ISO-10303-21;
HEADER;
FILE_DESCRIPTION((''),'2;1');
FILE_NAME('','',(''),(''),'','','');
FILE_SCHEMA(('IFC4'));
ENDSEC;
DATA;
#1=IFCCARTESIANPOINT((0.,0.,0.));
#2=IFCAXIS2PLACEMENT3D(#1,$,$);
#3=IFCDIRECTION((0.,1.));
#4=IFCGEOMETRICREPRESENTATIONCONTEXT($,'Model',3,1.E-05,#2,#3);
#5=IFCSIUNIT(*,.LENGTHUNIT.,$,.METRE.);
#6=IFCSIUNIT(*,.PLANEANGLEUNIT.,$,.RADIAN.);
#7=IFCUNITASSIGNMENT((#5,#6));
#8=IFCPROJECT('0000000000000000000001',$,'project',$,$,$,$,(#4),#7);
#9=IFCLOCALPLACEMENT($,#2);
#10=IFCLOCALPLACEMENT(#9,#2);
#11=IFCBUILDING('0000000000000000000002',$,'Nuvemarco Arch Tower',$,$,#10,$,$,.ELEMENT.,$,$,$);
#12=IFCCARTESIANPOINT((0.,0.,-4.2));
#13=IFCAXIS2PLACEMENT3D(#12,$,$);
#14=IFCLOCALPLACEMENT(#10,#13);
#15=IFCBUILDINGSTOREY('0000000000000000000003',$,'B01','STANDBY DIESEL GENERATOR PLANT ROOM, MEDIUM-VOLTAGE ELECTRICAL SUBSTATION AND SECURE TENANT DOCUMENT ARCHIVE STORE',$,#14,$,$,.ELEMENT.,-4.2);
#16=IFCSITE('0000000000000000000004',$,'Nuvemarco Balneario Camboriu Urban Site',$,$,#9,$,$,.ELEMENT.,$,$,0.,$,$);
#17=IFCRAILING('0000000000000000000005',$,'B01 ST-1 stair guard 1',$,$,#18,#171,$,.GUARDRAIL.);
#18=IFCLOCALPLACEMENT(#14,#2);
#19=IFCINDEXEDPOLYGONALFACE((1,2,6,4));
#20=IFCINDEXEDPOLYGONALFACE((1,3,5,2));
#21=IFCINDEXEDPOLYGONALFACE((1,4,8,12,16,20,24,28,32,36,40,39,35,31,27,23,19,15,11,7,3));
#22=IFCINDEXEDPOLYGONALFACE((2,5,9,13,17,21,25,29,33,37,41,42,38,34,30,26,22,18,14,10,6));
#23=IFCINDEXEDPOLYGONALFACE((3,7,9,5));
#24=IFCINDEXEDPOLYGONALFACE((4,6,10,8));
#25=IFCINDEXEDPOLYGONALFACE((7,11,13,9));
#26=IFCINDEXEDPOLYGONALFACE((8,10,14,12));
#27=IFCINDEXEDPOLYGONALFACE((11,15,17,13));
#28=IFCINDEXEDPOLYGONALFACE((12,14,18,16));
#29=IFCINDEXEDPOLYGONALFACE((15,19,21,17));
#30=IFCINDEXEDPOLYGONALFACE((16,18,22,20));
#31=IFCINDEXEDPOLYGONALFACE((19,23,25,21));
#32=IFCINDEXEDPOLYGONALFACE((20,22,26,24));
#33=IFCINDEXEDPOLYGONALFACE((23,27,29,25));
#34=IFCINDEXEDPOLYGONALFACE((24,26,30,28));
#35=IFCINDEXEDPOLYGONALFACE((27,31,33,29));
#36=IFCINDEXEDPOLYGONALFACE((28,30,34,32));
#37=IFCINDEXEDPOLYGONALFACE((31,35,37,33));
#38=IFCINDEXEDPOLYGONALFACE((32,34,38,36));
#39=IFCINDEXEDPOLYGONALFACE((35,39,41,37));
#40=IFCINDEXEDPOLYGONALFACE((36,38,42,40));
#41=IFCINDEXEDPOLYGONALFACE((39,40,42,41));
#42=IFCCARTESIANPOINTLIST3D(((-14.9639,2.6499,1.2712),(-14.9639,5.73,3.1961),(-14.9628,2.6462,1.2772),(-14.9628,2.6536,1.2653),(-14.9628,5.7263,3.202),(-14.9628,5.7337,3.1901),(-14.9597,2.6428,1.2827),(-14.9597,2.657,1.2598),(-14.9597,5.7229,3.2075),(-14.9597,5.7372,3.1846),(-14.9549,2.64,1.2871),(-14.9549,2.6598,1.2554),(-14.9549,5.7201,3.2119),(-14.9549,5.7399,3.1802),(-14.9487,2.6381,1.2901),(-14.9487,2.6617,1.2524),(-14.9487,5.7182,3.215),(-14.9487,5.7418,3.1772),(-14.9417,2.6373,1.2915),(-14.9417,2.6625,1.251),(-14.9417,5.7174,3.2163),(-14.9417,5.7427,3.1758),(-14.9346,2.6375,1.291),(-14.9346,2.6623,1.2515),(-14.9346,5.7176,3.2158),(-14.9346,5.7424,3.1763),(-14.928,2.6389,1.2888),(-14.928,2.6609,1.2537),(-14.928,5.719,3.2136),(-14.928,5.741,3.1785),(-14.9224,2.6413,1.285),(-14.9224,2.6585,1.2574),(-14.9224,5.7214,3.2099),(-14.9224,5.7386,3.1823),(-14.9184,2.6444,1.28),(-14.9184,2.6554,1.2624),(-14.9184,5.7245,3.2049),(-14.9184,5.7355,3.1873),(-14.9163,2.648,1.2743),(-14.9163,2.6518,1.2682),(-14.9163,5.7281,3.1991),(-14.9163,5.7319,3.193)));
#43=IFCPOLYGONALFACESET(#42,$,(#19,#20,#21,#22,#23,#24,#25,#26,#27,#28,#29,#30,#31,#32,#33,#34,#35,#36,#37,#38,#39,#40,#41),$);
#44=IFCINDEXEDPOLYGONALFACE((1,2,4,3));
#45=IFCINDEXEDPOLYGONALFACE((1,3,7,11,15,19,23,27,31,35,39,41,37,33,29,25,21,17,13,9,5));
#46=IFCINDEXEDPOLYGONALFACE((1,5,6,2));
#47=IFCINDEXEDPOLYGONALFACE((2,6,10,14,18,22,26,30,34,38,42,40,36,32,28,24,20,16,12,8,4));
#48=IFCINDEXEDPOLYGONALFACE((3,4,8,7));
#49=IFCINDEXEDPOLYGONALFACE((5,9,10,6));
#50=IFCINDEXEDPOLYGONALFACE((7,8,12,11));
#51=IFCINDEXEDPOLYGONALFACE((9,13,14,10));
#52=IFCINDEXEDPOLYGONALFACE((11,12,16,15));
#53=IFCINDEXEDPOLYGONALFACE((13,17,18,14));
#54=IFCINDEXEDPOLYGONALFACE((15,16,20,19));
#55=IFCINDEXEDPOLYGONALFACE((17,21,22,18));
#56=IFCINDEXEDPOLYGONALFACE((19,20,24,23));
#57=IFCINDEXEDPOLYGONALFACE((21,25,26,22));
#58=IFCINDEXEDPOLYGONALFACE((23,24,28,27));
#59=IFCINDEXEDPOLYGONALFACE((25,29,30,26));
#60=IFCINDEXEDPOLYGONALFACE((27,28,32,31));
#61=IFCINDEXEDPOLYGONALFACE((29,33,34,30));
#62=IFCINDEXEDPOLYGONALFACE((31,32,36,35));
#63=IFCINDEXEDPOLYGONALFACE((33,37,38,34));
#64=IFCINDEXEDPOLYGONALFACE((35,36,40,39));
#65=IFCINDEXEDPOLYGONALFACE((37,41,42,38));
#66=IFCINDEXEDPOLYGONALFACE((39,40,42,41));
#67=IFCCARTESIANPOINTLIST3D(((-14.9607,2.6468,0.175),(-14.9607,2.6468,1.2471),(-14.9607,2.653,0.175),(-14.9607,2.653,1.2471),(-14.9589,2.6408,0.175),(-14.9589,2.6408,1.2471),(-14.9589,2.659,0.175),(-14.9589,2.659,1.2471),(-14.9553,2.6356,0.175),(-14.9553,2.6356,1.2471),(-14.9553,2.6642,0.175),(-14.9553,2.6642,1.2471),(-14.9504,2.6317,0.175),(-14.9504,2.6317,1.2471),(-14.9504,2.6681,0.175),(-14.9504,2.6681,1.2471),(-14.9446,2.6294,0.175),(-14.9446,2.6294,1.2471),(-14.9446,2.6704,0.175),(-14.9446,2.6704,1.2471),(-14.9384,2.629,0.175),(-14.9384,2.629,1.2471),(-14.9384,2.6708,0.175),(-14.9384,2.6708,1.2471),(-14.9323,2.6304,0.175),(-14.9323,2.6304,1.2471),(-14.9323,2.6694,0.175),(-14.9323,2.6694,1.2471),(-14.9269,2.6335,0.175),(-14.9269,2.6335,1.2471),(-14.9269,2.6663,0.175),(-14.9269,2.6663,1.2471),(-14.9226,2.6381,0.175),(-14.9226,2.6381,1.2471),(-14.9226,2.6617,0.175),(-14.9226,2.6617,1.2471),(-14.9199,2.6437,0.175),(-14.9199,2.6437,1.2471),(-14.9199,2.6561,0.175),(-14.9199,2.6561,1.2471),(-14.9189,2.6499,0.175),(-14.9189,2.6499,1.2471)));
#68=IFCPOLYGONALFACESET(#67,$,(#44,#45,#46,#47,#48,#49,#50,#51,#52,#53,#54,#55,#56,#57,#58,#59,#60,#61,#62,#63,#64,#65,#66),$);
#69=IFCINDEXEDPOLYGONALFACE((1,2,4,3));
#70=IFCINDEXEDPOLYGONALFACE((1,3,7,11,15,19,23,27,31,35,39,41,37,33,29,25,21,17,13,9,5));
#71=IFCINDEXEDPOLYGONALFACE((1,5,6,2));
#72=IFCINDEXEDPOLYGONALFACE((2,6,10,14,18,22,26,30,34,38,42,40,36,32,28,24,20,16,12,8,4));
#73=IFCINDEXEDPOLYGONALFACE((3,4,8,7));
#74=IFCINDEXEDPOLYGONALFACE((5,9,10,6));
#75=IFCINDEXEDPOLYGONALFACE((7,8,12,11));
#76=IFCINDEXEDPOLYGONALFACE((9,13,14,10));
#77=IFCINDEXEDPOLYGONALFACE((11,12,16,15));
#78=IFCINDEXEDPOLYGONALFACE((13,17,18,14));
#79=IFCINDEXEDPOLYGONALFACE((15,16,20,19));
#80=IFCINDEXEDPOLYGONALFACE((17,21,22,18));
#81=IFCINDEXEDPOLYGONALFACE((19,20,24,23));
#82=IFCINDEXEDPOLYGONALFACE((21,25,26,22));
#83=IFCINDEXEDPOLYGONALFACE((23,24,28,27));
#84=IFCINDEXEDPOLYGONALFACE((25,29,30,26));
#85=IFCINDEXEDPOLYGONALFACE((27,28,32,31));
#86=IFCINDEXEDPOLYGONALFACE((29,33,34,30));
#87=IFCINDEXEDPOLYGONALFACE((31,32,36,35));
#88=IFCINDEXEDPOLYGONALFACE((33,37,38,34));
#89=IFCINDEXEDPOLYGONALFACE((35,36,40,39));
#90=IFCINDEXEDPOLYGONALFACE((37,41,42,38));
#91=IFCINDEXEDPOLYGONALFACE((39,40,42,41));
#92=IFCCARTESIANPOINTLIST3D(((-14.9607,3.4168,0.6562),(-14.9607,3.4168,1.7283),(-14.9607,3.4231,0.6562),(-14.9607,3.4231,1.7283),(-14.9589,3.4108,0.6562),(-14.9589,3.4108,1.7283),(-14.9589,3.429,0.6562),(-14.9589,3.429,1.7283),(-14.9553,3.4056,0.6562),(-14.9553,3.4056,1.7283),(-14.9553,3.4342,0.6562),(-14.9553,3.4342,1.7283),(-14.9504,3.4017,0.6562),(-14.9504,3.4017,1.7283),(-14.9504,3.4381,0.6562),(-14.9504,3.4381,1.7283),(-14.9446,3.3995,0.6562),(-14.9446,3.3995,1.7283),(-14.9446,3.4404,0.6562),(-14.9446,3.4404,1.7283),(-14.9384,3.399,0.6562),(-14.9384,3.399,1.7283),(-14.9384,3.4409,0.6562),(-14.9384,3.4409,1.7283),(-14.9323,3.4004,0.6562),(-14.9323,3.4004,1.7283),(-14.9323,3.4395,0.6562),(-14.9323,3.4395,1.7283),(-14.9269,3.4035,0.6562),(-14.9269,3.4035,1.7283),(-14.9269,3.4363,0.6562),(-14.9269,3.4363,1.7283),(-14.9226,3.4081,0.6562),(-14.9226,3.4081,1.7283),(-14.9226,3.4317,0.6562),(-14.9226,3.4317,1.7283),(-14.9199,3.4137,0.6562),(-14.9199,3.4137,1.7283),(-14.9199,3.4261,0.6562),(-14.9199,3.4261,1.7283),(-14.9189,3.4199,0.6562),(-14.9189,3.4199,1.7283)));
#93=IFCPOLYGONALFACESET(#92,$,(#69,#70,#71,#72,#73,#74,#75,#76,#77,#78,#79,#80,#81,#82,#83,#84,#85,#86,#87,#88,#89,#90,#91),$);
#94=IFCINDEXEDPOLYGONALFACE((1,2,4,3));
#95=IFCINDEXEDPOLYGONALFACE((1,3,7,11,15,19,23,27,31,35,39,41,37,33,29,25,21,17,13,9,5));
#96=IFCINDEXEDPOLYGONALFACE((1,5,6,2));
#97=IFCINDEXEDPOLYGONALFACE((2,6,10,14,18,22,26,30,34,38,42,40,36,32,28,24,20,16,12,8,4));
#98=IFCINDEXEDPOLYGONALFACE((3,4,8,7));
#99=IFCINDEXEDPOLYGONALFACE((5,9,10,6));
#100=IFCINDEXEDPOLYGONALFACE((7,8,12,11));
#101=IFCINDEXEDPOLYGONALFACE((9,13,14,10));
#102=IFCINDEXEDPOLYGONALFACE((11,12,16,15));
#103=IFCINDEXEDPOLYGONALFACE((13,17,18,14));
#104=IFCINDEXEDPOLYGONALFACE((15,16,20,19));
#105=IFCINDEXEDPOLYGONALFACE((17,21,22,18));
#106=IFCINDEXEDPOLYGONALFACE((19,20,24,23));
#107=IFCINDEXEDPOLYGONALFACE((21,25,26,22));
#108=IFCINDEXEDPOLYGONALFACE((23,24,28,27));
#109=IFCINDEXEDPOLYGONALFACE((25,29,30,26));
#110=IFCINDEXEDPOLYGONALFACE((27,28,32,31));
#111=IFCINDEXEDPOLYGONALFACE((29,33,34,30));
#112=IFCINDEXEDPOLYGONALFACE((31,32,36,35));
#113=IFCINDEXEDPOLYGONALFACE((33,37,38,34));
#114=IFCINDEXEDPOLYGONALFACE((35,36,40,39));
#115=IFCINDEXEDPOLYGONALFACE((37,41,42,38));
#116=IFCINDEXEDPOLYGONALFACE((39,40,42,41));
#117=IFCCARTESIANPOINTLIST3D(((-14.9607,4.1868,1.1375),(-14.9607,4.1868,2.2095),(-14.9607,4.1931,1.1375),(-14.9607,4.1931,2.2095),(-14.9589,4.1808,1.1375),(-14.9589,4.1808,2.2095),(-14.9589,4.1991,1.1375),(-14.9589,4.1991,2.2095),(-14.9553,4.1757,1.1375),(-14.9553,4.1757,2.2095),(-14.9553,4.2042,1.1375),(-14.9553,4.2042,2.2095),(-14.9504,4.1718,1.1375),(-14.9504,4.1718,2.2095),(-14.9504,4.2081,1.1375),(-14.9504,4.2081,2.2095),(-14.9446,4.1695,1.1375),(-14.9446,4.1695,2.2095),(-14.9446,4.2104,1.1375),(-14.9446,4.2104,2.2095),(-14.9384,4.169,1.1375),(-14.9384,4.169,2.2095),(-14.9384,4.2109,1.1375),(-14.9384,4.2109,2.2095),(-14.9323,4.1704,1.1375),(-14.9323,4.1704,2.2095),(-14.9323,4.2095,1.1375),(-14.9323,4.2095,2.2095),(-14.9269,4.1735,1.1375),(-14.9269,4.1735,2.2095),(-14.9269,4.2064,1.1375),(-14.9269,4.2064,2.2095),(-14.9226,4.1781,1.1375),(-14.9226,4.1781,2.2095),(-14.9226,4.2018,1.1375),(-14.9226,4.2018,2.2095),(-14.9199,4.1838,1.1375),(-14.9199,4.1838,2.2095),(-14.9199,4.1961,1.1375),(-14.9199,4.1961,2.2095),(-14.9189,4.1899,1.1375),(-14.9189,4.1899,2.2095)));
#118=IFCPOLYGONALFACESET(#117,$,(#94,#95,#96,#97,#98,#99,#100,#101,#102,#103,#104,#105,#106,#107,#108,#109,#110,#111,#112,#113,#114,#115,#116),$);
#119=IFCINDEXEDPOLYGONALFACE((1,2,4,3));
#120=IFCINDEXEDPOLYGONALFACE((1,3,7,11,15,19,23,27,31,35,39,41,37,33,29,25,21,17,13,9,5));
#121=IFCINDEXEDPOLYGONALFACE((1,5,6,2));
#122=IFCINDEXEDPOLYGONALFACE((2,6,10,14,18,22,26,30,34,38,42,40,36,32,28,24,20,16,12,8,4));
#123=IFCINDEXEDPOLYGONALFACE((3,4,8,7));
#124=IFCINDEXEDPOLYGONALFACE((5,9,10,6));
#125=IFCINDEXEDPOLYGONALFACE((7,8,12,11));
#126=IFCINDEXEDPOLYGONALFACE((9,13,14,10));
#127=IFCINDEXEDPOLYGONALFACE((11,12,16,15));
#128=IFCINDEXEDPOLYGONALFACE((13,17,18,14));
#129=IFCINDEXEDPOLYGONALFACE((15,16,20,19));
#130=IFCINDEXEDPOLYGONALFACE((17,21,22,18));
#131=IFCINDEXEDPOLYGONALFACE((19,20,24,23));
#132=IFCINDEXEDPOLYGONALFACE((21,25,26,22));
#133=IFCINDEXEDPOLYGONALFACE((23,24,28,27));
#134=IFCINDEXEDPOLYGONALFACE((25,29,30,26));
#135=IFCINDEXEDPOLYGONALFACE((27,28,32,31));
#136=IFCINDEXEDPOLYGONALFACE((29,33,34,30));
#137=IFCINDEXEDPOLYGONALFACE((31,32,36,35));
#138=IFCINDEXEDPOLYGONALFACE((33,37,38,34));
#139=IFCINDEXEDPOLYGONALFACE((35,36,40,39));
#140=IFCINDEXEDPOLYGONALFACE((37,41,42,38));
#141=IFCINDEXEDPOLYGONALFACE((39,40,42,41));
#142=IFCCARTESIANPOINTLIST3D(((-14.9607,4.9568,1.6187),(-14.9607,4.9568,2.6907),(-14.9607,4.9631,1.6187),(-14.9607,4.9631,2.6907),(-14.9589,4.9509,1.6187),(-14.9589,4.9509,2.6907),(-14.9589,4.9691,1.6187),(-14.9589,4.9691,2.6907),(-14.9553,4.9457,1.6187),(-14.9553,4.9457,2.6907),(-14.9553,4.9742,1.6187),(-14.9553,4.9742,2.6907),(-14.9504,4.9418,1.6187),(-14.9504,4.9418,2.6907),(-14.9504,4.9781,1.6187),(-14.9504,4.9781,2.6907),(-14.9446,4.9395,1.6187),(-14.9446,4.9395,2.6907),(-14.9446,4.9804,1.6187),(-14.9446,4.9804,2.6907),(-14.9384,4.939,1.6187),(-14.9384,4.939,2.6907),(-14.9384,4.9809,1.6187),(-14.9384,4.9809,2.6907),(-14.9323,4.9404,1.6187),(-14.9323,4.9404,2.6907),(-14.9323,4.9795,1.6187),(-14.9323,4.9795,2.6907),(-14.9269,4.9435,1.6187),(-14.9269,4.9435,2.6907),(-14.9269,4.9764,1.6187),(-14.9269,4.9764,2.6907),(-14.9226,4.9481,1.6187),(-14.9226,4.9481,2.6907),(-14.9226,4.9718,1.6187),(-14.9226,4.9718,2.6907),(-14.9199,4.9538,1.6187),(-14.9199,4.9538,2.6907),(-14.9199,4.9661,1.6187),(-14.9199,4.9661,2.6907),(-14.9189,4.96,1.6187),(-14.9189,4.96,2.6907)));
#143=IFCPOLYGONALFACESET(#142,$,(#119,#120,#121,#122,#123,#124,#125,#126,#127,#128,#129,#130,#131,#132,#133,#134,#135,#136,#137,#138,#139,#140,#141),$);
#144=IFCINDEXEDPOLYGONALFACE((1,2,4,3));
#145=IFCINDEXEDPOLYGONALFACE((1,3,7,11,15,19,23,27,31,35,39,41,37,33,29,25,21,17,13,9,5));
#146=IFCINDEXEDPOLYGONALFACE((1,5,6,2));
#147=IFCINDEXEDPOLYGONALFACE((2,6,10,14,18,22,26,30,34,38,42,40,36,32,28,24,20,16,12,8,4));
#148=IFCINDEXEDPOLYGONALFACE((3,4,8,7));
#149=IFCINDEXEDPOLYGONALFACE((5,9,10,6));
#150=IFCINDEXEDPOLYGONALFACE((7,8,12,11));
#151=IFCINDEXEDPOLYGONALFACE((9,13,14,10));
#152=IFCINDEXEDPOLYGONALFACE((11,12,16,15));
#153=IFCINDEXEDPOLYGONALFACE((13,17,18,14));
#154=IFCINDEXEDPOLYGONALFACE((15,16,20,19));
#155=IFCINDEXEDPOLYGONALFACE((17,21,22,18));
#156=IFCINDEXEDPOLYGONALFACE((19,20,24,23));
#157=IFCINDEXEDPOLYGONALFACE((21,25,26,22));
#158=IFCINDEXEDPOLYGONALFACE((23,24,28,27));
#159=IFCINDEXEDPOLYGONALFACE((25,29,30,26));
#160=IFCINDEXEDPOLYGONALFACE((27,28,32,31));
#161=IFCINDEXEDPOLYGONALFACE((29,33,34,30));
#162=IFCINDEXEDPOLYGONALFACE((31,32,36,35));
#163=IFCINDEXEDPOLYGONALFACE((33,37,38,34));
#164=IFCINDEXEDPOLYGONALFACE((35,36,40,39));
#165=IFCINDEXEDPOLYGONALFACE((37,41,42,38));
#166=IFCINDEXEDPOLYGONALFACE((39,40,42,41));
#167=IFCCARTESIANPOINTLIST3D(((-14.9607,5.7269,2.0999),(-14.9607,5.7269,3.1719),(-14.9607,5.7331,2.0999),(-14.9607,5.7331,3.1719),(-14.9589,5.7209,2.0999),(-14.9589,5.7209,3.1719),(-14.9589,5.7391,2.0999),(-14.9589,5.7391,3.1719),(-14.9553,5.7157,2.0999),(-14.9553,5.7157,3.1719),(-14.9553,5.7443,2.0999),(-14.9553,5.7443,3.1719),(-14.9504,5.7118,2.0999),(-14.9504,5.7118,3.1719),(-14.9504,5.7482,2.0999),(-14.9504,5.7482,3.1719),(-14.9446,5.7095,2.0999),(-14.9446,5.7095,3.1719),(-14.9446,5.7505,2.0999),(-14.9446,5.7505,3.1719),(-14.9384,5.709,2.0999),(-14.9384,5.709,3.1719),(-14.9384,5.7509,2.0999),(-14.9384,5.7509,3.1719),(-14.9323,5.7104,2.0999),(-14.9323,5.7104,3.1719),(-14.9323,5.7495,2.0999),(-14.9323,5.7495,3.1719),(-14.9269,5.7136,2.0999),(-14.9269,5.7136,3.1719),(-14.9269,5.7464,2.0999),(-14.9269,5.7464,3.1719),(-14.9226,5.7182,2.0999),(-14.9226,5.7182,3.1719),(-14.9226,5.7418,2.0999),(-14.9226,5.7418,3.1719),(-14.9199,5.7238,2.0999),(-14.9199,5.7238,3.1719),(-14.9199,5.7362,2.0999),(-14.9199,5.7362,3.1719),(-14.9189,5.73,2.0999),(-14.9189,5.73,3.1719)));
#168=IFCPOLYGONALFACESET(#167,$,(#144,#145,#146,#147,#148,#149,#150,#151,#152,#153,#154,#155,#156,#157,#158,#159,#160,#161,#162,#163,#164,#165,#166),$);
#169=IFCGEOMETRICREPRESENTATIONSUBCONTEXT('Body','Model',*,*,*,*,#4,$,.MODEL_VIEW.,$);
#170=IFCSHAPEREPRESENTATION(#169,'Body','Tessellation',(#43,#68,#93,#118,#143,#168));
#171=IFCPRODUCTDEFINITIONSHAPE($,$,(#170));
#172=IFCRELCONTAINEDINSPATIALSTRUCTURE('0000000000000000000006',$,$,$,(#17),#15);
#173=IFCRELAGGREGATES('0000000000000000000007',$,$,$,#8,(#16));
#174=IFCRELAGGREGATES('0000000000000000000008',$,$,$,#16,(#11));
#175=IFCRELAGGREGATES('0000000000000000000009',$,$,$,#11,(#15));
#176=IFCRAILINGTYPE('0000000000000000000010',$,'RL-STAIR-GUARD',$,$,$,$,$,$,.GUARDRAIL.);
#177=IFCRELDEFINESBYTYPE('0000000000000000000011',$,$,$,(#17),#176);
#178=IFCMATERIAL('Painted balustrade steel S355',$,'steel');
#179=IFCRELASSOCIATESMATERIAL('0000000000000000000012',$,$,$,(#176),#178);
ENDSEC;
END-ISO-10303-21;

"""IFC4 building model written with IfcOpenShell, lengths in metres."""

from ifc_helpers import new_model, si_unit, direction, frame, origin, origin_2d, place, context, subcontext, project, spatial, circle, extrude, material, type_object, element, save


model = new_model("IFC4")

# Units and contexts
model_context = context("Model", 3, precision=1e-05, world=origin(), true_north=direction((0.0, 1.0)))
body_context = subcontext(model_context, "Body", "Model", "MODEL_VIEW")
ifc_project = project(units=[si_unit("LENGTHUNIT", "METRE"), si_unit("PLANEANGLEUNIT", "RADIAN")], contexts=[model_context])

# Site, building, storey
site_placement = place(None, origin())
site = spatial("IfcSite", under=ifc_project, at=site_placement, Name="Nuvemarco Balneario Camboriu Urban Site", CompositionType="ELEMENT", RefElevation=0.0)
building_placement = place(site_placement, origin())
building = spatial("IfcBuilding", under=site, at=building_placement, Name="Nuvemarco Arch Tower", CompositionType="ELEMENT")
storey_placement = place(building_placement, frame((0.0, 0.0, -4.2)))
storey = spatial("IfcBuildingStorey", under=building, at=storey_placement, Name="B01", Description="STANDBY DIESEL GENERATOR PLANT ROOM, MEDIUM-VOLTAGE ELECTRICAL SUBSTATION AND SECURE TENANT DOCUMENT ARCHIVE STORE", CompositionType="ELEMENT", Elevation=-4.2)

# Railing
ifc_material_1 = material(Name="Painted balustrade steel S355", Category="steel")
railing_type_1 = type_object("IfcRailingType", Name="RL-STAIR-GUARD", PredefinedType="GUARDRAIL", material=ifc_material_1)
railing_1_placement = place(storey_placement, frame((-14.9399, 2.6499, 0.175)))
element("IfcRailing", 1, at=railing_1_placement, inside=storey, type_object=railing_type_1, Name="B01 ST-1 stair guard 1", PredefinedType="GUARDRAIL", context=body_context, shape_type="SweptSolid", body=[
    extrude(circle(Radius=0.0239, at=origin_2d()), frame((0.0, 0.0, 1.0962), z_axis=(0.0, 0.848029, 0.529951), x_axis=(-1.0, 0.0, 0.0)), (0.0, 0.0, 1.0), 3.6321),
    extrude(circle(Radius=0.021, at=origin_2d()), origin(), (0.0, 0.0, 1.0), 1.072),
    extrude(circle(Radius=0.021, at=origin_2d()), frame((0.0, 0.77, 0.4812)), (0.0, 0.0, 1.0), 1.072),
    extrude(circle(Radius=0.021, at=origin_2d()), frame((0.0, 1.54, 0.9624)), (0.0, 0.0, 1.0), 1.072),
    extrude(circle(Radius=0.021, at=origin_2d()), frame((0.0, 2.3101, 1.4436)), (0.0, 0.0, 1.0), 1.072),
    extrude(circle(Radius=0.021, at=origin_2d()), frame((0.0, 3.0801, 1.9248)), (0.0, 0.0, 1.0), 1.072),
])

save(model, "model.ifc")
